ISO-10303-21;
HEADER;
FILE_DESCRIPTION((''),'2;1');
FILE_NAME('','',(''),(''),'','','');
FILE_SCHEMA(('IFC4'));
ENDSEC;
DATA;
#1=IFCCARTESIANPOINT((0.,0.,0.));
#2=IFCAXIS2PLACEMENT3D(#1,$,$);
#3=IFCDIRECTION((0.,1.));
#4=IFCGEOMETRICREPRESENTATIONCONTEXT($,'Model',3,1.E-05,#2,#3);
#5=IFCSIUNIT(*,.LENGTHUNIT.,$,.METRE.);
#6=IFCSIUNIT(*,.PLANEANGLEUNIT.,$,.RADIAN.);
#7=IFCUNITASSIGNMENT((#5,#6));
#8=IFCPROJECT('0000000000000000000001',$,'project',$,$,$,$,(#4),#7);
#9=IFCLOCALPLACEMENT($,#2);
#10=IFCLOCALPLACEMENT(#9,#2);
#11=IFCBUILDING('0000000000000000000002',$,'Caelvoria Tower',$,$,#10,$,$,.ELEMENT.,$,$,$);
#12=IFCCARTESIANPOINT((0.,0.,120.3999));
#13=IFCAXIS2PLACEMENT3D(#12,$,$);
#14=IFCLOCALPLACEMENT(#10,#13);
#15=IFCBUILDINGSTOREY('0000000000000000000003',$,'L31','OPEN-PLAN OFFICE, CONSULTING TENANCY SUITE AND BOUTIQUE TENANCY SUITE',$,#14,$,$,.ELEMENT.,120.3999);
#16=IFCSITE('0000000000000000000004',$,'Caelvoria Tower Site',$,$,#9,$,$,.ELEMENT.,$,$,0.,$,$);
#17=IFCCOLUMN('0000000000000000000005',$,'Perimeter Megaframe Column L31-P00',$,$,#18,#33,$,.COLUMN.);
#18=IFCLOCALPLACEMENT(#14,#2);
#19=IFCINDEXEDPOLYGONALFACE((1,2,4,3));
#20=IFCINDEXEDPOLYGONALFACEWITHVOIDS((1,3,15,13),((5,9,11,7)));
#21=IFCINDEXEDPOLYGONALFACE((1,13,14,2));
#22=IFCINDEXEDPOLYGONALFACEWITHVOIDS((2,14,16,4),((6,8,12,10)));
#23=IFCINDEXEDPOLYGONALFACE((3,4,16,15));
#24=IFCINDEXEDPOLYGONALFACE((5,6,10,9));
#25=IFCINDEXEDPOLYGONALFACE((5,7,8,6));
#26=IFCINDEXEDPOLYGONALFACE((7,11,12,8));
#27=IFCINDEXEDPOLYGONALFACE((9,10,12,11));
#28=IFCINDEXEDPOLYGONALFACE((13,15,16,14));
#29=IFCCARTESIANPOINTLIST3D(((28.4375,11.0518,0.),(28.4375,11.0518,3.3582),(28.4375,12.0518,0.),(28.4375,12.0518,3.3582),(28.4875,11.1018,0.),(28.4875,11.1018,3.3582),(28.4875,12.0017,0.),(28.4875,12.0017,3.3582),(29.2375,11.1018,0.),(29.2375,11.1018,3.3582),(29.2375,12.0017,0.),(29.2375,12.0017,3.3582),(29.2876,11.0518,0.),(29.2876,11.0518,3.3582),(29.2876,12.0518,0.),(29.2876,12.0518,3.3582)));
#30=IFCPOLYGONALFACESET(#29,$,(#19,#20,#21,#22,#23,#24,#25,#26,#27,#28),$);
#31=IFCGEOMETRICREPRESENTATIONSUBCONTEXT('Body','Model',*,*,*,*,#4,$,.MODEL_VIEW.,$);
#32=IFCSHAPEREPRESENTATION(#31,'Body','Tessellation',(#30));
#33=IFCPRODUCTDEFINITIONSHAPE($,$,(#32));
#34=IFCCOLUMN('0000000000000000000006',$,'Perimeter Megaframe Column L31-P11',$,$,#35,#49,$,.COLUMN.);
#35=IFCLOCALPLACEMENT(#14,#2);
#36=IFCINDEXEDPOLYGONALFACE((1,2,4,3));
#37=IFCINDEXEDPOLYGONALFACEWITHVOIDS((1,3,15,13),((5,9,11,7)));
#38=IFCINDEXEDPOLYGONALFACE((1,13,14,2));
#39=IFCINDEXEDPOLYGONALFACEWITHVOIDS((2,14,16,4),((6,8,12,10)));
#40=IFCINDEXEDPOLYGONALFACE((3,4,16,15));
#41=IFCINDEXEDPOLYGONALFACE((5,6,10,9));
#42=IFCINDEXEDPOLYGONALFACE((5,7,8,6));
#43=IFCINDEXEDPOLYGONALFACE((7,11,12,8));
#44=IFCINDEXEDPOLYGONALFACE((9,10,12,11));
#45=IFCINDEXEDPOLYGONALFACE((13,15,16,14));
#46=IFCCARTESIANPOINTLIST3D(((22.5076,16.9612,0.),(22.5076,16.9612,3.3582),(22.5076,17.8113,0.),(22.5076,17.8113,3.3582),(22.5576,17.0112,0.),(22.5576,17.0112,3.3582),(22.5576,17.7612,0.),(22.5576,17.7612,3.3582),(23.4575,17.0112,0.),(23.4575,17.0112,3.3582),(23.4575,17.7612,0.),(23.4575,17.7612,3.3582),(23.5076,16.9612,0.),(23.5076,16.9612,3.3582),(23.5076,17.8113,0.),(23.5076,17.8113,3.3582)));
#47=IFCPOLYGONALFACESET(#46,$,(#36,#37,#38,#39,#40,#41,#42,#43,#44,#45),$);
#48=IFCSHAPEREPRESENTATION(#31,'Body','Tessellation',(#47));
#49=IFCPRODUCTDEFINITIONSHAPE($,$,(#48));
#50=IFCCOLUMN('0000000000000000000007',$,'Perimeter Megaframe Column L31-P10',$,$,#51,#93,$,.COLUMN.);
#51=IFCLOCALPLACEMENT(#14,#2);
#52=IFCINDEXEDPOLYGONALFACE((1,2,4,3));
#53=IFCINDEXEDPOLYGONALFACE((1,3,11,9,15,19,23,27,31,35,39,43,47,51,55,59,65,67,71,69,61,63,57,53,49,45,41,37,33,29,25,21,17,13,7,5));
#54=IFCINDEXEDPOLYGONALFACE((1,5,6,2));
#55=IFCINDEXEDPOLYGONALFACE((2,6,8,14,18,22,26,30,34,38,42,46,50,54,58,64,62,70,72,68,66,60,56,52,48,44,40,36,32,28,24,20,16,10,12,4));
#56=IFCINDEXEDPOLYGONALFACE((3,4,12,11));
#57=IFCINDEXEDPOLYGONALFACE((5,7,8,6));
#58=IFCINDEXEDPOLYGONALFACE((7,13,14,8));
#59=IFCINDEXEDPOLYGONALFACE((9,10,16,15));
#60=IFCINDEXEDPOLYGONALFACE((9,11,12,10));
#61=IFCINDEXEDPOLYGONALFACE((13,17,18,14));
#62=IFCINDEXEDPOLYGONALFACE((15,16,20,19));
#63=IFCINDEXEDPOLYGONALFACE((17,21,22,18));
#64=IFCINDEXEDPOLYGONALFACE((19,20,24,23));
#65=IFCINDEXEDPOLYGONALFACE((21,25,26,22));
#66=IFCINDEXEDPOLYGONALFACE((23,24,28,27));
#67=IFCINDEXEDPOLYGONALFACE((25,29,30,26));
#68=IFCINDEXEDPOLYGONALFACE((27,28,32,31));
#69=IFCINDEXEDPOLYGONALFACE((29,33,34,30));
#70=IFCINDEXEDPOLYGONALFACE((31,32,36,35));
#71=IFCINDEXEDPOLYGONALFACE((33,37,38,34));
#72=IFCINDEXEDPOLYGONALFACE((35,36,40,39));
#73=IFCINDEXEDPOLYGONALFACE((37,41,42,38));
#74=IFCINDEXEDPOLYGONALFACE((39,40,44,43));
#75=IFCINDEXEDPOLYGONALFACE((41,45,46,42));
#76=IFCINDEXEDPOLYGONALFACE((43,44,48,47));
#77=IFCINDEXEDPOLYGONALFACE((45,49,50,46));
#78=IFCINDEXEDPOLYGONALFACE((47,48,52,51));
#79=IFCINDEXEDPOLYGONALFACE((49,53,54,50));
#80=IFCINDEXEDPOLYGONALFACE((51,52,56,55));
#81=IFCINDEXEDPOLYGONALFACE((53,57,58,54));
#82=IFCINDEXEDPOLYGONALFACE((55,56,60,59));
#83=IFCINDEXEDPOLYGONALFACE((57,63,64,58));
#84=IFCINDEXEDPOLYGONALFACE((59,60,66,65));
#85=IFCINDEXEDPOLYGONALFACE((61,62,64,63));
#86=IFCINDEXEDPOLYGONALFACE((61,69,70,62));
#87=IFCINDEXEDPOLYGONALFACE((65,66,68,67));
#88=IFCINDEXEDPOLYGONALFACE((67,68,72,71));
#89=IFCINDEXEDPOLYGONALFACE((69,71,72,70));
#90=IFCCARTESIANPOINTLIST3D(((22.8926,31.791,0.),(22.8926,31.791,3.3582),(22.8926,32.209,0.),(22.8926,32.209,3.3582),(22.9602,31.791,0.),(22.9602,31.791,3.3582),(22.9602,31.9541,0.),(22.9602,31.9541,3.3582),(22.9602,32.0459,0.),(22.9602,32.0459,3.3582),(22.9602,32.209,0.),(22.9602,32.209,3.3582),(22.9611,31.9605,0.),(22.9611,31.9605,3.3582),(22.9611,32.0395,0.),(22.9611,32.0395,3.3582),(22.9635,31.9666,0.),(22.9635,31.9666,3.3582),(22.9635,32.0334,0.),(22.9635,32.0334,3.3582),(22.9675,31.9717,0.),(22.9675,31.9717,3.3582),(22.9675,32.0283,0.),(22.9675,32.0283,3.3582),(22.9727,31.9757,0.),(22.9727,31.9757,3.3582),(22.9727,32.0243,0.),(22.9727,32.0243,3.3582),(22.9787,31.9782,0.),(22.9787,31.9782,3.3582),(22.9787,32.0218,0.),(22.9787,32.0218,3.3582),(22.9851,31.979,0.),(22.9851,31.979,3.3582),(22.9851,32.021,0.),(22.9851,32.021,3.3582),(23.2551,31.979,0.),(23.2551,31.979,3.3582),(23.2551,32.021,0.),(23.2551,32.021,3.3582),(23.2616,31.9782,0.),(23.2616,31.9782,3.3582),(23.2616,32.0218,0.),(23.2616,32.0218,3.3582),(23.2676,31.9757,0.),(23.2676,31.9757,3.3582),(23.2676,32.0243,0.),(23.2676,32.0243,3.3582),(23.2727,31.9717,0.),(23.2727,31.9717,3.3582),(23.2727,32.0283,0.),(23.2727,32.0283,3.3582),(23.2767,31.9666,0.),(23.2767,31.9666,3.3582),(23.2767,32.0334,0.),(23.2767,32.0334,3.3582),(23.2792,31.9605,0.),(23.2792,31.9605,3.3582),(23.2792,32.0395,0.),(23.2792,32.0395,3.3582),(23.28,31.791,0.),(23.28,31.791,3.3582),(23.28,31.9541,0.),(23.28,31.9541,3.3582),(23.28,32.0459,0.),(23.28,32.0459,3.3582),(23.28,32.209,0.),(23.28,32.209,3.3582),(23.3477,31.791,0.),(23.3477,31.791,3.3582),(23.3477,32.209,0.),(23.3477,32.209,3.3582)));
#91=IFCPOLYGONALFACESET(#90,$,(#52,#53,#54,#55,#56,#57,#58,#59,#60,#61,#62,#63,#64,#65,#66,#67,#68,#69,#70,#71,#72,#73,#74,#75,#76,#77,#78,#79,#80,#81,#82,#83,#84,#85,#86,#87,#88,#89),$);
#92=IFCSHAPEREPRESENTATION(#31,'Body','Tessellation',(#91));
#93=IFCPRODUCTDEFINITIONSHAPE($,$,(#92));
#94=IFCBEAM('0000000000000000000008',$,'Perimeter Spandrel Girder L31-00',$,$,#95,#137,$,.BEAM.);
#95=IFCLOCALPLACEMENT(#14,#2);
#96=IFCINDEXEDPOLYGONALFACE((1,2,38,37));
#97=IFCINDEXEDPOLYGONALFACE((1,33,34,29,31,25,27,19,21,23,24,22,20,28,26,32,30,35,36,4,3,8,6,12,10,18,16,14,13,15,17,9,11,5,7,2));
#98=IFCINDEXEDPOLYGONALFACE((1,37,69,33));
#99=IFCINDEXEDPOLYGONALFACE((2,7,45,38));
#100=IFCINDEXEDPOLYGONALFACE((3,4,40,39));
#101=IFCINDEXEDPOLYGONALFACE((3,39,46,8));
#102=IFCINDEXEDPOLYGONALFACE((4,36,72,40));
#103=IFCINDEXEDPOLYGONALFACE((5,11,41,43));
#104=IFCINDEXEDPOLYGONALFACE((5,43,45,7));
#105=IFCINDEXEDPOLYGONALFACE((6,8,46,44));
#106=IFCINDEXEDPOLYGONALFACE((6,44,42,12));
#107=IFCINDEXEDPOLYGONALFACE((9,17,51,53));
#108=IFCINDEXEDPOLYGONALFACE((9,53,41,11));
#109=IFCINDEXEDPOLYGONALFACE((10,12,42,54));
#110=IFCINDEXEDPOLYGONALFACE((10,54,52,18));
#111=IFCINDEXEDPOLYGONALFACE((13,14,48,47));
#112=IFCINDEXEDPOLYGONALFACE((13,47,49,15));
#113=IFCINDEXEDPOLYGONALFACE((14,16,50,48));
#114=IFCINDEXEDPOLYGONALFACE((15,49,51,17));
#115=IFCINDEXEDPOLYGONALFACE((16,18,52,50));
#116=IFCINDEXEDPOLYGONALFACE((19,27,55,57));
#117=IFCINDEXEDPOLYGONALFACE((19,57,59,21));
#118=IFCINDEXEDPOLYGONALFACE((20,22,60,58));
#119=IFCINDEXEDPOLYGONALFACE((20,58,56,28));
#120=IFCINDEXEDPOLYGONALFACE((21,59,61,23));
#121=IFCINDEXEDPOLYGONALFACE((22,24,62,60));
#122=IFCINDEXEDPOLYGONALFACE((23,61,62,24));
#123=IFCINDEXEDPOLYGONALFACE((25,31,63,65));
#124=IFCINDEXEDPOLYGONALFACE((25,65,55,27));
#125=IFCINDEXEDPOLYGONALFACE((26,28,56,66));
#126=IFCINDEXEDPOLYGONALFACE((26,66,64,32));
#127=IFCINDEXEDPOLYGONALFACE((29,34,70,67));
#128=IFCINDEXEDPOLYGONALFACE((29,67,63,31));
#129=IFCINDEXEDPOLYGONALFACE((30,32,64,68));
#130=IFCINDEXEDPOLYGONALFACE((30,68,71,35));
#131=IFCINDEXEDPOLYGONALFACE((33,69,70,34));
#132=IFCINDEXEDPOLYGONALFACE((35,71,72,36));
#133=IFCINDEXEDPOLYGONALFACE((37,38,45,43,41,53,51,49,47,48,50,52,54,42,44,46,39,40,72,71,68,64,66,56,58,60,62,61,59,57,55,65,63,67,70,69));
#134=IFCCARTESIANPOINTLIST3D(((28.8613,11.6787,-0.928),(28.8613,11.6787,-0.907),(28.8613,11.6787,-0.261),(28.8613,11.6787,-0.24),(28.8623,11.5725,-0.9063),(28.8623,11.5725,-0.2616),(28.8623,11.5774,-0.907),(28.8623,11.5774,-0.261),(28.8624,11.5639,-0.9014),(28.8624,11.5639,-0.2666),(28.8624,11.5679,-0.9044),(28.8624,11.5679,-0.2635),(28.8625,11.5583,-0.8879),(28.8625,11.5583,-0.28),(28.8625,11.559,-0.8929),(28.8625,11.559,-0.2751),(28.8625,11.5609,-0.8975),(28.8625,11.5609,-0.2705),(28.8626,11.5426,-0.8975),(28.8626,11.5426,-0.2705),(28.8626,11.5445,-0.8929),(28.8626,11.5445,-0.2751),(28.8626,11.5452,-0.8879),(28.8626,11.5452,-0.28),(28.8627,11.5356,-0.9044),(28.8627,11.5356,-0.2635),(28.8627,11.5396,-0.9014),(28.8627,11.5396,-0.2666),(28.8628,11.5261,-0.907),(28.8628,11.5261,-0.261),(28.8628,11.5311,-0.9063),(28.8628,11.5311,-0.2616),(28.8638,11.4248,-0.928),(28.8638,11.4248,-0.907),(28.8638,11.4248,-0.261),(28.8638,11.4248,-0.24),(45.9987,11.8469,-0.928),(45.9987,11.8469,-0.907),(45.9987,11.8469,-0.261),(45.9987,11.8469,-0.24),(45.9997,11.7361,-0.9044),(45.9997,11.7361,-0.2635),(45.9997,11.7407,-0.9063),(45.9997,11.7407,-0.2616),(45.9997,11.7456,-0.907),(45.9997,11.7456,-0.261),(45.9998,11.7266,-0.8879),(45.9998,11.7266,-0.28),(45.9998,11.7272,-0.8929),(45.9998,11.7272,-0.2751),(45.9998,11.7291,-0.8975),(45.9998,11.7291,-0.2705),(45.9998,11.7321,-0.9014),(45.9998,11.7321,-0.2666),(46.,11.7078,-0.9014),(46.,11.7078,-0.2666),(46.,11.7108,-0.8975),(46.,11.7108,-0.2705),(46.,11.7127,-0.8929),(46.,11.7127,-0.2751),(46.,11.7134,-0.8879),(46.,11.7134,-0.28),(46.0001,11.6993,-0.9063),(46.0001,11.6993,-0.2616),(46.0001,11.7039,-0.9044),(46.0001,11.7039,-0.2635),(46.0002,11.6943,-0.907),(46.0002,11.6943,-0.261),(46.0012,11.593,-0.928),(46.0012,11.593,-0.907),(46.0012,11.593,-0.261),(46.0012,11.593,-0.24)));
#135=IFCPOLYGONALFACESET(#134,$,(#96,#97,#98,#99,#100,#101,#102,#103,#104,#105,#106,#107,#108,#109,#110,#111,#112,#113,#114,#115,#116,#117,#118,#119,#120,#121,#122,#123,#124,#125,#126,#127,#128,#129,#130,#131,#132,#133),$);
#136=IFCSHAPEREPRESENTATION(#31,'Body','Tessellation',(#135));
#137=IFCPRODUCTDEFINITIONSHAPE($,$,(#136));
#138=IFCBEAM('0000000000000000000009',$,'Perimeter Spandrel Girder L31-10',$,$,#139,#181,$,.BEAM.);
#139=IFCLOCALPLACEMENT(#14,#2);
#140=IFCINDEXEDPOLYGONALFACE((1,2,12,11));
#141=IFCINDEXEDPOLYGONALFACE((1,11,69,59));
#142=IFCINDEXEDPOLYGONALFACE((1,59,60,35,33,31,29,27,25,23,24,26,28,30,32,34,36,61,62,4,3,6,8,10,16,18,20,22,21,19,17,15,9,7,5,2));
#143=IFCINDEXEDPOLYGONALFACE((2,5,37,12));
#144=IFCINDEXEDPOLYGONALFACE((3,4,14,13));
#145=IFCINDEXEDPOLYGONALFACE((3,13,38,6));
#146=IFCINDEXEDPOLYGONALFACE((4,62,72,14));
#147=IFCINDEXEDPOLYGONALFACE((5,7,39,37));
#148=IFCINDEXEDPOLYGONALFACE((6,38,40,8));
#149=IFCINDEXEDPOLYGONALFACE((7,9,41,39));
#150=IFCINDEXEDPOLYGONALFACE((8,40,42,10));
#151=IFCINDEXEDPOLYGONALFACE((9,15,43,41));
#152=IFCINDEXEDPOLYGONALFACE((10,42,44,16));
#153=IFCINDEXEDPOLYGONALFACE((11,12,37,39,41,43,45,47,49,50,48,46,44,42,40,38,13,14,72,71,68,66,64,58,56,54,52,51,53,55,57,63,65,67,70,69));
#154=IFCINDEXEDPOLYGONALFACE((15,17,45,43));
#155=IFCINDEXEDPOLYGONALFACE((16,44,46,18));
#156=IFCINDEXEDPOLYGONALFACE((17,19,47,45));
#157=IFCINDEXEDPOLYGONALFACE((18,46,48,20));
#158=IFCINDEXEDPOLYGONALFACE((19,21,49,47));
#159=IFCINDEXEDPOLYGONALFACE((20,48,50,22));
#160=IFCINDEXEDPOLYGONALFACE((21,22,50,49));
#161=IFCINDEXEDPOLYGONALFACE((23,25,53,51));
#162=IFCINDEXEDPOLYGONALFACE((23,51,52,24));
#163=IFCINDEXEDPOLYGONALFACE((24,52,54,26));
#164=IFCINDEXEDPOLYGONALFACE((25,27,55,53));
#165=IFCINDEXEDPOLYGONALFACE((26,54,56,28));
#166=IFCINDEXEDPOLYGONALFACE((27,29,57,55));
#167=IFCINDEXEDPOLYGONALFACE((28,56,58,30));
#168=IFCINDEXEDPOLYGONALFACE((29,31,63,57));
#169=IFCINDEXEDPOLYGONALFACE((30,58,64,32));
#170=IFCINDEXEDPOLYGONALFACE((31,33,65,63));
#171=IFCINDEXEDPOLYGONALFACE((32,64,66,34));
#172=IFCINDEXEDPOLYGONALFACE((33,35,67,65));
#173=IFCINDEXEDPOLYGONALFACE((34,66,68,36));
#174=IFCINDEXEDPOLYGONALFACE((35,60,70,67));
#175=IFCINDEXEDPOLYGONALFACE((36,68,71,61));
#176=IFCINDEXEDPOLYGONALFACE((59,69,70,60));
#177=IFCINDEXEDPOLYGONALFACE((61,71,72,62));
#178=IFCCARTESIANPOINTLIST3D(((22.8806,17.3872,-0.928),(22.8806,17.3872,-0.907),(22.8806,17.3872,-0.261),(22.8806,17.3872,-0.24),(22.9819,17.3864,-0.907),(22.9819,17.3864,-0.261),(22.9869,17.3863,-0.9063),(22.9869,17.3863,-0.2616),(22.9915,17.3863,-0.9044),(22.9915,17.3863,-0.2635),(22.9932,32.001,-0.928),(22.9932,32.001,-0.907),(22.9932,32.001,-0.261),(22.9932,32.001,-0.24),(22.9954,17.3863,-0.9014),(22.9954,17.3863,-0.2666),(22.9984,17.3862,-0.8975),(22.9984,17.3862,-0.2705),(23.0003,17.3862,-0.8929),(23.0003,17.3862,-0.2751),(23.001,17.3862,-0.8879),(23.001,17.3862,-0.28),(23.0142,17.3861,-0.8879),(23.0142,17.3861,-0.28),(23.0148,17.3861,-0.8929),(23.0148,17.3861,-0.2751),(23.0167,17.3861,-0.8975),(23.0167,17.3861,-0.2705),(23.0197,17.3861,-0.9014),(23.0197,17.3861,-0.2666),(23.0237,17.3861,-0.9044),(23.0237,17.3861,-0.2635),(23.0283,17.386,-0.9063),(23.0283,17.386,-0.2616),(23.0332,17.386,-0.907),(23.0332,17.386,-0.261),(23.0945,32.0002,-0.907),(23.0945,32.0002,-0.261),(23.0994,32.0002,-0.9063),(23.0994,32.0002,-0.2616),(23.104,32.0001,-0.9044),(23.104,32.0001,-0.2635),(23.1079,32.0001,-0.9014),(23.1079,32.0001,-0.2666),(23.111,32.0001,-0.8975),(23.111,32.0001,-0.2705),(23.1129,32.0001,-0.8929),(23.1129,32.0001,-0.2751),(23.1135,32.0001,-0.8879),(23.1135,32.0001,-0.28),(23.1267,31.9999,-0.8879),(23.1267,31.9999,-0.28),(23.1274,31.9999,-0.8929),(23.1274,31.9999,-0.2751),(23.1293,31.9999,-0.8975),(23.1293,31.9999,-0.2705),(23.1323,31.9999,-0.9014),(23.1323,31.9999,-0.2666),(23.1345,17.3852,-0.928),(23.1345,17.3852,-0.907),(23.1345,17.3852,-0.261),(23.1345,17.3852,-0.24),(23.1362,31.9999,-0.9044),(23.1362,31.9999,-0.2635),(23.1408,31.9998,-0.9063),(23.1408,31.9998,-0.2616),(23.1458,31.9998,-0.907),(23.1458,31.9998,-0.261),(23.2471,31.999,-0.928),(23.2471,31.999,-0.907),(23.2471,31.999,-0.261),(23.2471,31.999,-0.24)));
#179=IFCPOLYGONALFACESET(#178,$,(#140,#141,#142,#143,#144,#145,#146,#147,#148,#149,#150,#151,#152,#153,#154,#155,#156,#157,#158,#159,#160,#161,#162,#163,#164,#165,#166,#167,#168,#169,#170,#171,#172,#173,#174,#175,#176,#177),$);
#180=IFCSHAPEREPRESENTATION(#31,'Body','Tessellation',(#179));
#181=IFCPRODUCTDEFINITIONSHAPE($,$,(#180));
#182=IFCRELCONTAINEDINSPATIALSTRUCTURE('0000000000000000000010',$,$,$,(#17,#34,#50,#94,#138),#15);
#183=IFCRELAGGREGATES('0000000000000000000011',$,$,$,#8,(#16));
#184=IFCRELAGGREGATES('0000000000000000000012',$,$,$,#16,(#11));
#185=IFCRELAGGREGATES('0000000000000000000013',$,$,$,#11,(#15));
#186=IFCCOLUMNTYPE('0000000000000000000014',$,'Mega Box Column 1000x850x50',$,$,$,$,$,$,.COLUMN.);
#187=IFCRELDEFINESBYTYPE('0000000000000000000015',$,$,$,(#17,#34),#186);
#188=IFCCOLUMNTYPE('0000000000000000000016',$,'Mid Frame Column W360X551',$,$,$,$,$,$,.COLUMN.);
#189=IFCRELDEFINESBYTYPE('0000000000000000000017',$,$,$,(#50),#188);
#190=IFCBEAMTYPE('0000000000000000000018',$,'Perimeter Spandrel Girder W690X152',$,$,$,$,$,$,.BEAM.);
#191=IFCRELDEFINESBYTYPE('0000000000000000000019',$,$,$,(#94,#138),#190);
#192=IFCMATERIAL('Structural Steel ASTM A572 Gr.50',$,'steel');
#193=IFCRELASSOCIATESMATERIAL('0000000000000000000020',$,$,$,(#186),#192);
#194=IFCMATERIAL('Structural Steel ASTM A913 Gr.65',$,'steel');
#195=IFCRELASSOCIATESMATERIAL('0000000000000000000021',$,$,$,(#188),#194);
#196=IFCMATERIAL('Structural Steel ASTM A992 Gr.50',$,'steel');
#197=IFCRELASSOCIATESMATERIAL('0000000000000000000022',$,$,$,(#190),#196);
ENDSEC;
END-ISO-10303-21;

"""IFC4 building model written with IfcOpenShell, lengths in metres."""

from ifc_helpers import new_model, si_unit, direction, frame, origin, origin_2d, place, context, subcontext, project, spatial, hollow_rectangle, i_section, extrude, material, material_profile, profile_set, type_object, element, save


model = new_model("IFC4")

# Units and contexts
model_context = context("Model", 3, precision=1e-05, world=origin(), true_north=direction((0.0, 1.0)))
body_context = subcontext(model_context, "Body", "Model", "MODEL_VIEW")
ifc_project = project(units=[si_unit("LENGTHUNIT", "METRE"), si_unit("PLANEANGLEUNIT", "RADIAN")], contexts=[model_context])

# Site, building, storey
site_placement = place(None, origin())
site = spatial("IfcSite", under=ifc_project, at=site_placement, Name="Caelvoria Tower Site", CompositionType="ELEMENT", RefElevation=0.0)
building_placement = place(site_placement, origin())
building = spatial("IfcBuilding", under=site, at=building_placement, Name="Caelvoria Tower", CompositionType="ELEMENT")
storey_placement = place(building_placement, frame((0.0, 0.0, 120.3999)))
storey = spatial("IfcBuildingStorey", under=building, at=storey_placement, Name="L31", Description="OPEN-PLAN OFFICE, CONSULTING TENANCY SUITE AND BOUTIQUE TENANCY SUITE", CompositionType="ELEMENT", Elevation=120.3999)

# Columns
ifc_material_1 = material(Name="Structural Steel ASTM A572 Gr.50", Category="steel")
ifc_material_profile_1 = material_profile(ifc_material_1, hollow_rectangle(XDim=0.8501, YDim=1.0, WallThickness=0.05, at=origin_2d()), Name="Structural Steel ASTM A572 Gr.50")
ifc_profile_set_1 = profile_set([ifc_material_profile_1], Name="BOX1000X850X50 - Structural Steel ASTM A572 Gr.50")
column_type_1 = type_object("IfcColumnType", Name="Mega Box Column 1000x850x50", PredefinedType="COLUMN", material=ifc_profile_set_1)
for number, where, z_axis, x_axis, name in (
    (1, (28.8625, 11.5518, 0.0), (0.0, 0.0, 1.0), (1.0, 0.0, 0.0), "Perimeter Megaframe Column L31-P00"),
    (2, (23.0076, 17.3862, 0.0), (0.0, 0.0, 1.0), (0.0, 1.0, 0.0), "Perimeter Megaframe Column L31-P11"),
):
    element("IfcColumn", number, at=place(storey_placement, frame(where, z_axis=z_axis, x_axis=x_axis)), inside=storey, type_object=column_type_1, Name=name, PredefinedType="COLUMN", context=body_context, shape_type="SweptSolid", body=[
        extrude(hollow_rectangle(XDim=0.8501, YDim=1.0, WallThickness=0.05, at=origin_2d()), origin(), (0.0, 0.0, 1.0), 3.3582),
    ])
ifc_material_2 = material(Name="Structural Steel ASTM A913 Gr.65", Category="steel")
ifc_material_profile_2 = material_profile(ifc_material_2, i_section(OverallWidth=0.418, OverallDepth=0.4551, WebThickness=0.042, FlangeThickness=0.0676, FilletRadius=0.0249, at=origin_2d()), Name="Structural Steel ASTM A913 Gr.65")
ifc_profile_set_2 = profile_set([ifc_material_profile_2], Name="W360X551 - Structural Steel ASTM A913 Gr.65")
column_type_2 = type_object("IfcColumnType", Name="Mid Frame Column W360X551", PredefinedType="COLUMN", material=ifc_profile_set_2)
column_placement = place(storey_placement, frame((23.1201, 32.0, 0.0), z_axis=(0.0, 0.0, 1.0), x_axis=(0.0, 1.0, 0.0)))
element("IfcColumn", 3, at=column_placement, inside=storey, type_object=column_type_2, Name="Perimeter Megaframe Column L31-P10", PredefinedType="COLUMN", context=body_context, shape_type="SweptSolid", body=[
    extrude(i_section(OverallWidth=0.418, OverallDepth=0.4551, WebThickness=0.042, FlangeThickness=0.0676, FilletRadius=0.0249, at=origin_2d()), origin(), (0.0, 0.0, 1.0), 3.3582),
])

# Beams
ifc_material_3 = material(Name="Structural Steel ASTM A992 Gr.50", Category="steel")
ifc_material_profile_3 = material_profile(ifc_material_3, i_section(OverallWidth=0.2539, OverallDepth=0.688, WebThickness=0.0132, FlangeThickness=0.021, FilletRadius=0.019, at=origin_2d()), Name="Structural Steel ASTM A992 Gr.50")
ifc_profile_set_3 = profile_set([ifc_material_profile_3], Name="W690X152 - Structural Steel ASTM A992 Gr.50")
beam_type = type_object("IfcBeamType", Name="Perimeter Spandrel Girder W690X152", PredefinedType="BEAM", material=ifc_profile_set_3)
beam_1_placement = place(storey_placement, frame((28.8625, 11.5518, -0.584), z_axis=(0.999952, 0.009815, 0.0), x_axis=(-0.009815, 0.999952, 0.0)))
element("IfcBeam", 4, at=beam_1_placement, inside=storey, type_object=beam_type, Name="Perimeter Spandrel Girder L31-00", PredefinedType="BEAM", context=body_context, shape_type="SweptSolid", body=[
    extrude(i_section(OverallWidth=0.2539, OverallDepth=0.688, WebThickness=0.0132, FlangeThickness=0.021, FilletRadius=0.019, at=origin_2d()), origin(), (0.0, 0.0, 1.0), 17.1382),
])
beam_2_placement = place(storey_placement, frame((23.1201, 32.0, -0.584), z_axis=(-0.007701, -0.99997, 0.0), x_axis=(0.99997, -0.007701, 0.0)))
element("IfcBeam", 5, at=beam_2_placement, inside=storey, type_object=beam_type, Name="Perimeter Spandrel Girder L31-10", PredefinedType="BEAM", context=body_context, shape_type="SweptSolid", body=[
    extrude(i_section(OverallWidth=0.2539, OverallDepth=0.688, WebThickness=0.0132, FlangeThickness=0.021, FilletRadius=0.019, at=origin_2d()), origin(), (0.0, 0.0, 1.0), 14.6143),
])

save(model, "model.ifc")
